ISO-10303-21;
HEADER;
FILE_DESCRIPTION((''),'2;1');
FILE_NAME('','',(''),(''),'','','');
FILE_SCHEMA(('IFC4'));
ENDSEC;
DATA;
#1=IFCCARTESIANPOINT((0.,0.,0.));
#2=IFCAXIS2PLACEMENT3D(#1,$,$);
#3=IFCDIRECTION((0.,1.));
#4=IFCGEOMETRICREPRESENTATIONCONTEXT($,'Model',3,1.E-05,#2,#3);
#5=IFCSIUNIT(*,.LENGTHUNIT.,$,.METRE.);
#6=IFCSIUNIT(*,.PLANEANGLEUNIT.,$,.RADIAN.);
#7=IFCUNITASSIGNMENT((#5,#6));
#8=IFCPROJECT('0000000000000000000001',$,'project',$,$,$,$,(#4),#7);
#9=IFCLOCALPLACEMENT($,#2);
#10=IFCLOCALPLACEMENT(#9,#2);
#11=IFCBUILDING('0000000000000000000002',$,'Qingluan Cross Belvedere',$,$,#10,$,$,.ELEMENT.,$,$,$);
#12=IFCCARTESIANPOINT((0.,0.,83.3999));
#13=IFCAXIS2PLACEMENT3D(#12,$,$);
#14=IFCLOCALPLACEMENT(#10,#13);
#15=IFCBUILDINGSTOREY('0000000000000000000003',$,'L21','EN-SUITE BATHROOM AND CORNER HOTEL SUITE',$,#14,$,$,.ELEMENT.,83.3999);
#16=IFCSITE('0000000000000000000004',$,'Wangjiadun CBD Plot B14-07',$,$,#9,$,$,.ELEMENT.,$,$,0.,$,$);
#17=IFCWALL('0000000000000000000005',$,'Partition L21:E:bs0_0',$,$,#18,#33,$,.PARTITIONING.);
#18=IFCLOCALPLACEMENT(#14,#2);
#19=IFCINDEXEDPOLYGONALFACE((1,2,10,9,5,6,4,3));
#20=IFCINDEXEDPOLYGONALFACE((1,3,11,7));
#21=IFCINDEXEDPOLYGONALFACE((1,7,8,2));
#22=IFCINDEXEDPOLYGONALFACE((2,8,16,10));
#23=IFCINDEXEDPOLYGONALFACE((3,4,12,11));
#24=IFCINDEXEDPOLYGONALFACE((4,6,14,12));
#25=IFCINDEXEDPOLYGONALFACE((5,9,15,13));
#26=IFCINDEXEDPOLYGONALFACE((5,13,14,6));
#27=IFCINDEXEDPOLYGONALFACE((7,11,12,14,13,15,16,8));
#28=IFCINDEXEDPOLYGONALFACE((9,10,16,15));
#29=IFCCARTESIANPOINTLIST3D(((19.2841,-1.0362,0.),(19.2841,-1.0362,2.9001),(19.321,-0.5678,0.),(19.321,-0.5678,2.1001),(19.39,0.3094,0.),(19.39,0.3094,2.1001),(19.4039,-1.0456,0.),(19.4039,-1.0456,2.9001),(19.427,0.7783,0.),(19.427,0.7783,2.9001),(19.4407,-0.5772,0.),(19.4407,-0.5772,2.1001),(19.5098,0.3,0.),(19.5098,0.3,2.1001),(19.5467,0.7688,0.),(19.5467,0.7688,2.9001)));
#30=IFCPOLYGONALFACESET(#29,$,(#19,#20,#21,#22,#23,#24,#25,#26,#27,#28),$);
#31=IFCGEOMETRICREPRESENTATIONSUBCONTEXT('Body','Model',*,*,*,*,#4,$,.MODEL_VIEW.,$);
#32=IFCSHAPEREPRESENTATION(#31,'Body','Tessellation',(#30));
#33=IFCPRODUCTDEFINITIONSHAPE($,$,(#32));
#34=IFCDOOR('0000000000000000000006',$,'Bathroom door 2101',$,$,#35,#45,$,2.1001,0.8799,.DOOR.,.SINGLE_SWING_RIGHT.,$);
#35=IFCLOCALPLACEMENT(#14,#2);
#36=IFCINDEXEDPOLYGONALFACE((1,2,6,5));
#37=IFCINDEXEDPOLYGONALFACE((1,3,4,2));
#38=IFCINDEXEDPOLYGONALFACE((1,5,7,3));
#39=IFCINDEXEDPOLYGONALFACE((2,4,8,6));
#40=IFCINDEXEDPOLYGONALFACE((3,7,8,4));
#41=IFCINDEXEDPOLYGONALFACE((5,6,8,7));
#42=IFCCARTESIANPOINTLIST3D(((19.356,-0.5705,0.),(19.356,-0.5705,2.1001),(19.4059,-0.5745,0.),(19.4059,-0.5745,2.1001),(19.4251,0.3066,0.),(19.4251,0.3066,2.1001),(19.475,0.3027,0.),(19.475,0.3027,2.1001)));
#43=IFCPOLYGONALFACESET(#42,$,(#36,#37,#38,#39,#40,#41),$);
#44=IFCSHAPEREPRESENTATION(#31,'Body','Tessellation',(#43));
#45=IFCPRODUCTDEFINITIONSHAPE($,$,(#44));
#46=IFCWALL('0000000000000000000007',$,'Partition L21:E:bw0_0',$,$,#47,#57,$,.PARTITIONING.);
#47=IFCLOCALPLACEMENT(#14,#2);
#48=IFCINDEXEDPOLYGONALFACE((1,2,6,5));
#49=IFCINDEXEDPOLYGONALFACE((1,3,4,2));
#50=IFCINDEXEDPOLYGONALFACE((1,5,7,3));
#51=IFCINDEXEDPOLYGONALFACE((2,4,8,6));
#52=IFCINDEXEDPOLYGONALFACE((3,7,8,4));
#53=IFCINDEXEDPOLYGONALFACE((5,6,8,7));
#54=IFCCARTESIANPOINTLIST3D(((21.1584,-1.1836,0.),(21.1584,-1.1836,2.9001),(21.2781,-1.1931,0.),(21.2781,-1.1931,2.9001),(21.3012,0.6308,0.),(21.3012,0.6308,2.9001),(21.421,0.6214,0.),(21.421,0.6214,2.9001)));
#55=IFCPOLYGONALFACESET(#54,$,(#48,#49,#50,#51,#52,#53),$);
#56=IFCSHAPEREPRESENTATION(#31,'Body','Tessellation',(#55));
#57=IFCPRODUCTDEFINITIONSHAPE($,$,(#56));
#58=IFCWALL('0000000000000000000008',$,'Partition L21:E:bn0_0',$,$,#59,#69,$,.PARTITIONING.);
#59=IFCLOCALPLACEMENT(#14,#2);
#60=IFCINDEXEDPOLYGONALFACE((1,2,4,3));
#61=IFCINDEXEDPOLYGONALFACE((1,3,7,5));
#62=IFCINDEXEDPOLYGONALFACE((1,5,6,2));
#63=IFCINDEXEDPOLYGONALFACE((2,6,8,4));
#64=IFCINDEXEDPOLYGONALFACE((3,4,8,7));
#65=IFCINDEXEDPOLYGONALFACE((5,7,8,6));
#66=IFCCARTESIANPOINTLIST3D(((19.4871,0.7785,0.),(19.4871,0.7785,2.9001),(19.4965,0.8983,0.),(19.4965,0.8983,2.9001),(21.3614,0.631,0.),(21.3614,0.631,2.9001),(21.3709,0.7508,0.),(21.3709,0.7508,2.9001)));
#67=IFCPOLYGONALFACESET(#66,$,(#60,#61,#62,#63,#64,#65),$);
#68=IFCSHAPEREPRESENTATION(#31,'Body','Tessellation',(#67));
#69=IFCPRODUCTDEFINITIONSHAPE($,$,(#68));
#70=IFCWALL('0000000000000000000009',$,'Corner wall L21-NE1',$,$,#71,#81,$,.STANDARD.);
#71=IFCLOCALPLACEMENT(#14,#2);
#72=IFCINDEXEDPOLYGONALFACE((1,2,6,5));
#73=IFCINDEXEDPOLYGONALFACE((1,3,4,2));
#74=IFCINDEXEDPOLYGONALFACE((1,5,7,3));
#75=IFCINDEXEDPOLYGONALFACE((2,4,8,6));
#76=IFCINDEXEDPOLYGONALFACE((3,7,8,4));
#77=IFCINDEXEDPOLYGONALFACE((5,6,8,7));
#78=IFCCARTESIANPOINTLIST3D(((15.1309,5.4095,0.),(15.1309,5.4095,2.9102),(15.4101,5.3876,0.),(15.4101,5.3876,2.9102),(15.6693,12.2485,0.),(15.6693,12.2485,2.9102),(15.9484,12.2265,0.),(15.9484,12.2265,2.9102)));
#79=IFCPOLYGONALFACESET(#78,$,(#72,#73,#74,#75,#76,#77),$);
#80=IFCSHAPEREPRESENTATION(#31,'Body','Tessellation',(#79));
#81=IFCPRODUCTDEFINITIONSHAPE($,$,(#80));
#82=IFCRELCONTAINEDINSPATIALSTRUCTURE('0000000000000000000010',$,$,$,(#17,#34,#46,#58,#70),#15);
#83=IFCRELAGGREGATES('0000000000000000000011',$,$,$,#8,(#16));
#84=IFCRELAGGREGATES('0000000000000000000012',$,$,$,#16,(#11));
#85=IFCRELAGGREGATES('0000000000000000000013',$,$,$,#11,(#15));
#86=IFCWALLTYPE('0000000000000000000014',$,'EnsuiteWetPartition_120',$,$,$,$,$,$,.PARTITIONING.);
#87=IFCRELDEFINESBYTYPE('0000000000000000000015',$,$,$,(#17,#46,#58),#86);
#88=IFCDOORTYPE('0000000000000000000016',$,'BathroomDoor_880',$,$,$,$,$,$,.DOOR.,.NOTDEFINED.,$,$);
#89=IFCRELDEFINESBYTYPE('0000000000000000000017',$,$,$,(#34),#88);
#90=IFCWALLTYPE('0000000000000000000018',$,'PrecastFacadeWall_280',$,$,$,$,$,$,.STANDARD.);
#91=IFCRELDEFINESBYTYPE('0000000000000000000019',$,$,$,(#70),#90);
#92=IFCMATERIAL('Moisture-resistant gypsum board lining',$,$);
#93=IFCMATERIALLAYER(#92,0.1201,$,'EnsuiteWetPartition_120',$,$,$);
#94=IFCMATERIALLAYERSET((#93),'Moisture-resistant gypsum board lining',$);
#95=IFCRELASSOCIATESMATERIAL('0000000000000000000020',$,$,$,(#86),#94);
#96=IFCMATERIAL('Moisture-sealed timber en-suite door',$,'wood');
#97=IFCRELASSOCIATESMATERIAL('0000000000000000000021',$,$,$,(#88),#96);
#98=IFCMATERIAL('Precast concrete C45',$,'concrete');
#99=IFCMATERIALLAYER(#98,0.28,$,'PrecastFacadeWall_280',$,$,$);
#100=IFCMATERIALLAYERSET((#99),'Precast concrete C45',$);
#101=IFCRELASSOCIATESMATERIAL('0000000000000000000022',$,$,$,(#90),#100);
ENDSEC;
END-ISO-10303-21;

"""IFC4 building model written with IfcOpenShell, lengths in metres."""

from ifc_helpers import new_model, si_unit, direction, frame, frame_2d, origin, place, context, subcontext, project, spatial, rectangle, extrude, material, layer, layer_set, type_object, element, fill, save


model = new_model("IFC4")

# Units and contexts
model_context = context("Model", 3, precision=1e-05, world=origin(), true_north=direction((0.0, 1.0)))
body_context = subcontext(model_context, "Body", "Model", "MODEL_VIEW")
ifc_project = project(units=[si_unit("LENGTHUNIT", "METRE"), si_unit("PLANEANGLEUNIT", "RADIAN")], contexts=[model_context])

# Site, building, storey
site_placement = place(None, origin())
site = spatial("IfcSite", under=ifc_project, at=site_placement, Name="Wangjiadun CBD Plot B14-07", CompositionType="ELEMENT", RefElevation=0.0)
building_placement = place(site_placement, origin())
building = spatial("IfcBuilding", under=site, at=building_placement, Name="Qingluan Cross Belvedere", CompositionType="ELEMENT")
storey_placement = place(building_placement, frame((0.0, 0.0, 83.3999)))
storey = spatial("IfcBuildingStorey", under=building, at=storey_placement, Name="L21", Description="EN-SUITE BATHROOM AND CORNER HOTEL SUITE", CompositionType="ELEMENT", Elevation=83.3999)

# Wall, opening, door
ifc_material_1 = material(Name="Moisture-resistant gypsum board lining")
ifc_layer_1 = layer(ifc_material_1, 0.1201, Name="EnsuiteWetPartition_120")
ifc_layer_set_1 = layer_set([ifc_layer_1], Name="Moisture-resistant gypsum board lining")
wall_type_1 = type_object("IfcWallType", Name="EnsuiteWetPartition_120", PredefinedType="PARTITIONING", material=ifc_layer_set_1)
wall_1_placement = place(storey_placement, frame((19.344, -1.041, 0.0), z_axis=(0.0, 0.0, 1.0), x_axis=(0.078471, 0.996916, 0.0)))
wall_1 = element("IfcWall", 1, at=wall_1_placement, inside=storey, type_object=wall_type_1, Name="Partition L21:E:bs0_0", PredefinedType="PARTITIONING", context=body_context, shape_type="SweptSolid", body=[
    extrude(rectangle(XDim=1.8201, YDim=0.1201, at=frame_2d((0.9102, 0.0))), origin(), (0.0, 0.0, 1.0), 2.9001),
])
opening_1_placement = place(wall_1_placement, frame((0.47, 0.0, 0.0)))
opening_1 = element("IfcOpeningElement", 2, at=opening_1_placement, cuts=wall_1, PredefinedType="OPENING", context=body_context, shape_type="SweptSolid", body=[
    extrude(rectangle(XDim=0.8799, YDim=2.1001, at=frame_2d((0.4399, 1.05))), frame((0.0, 0.0701, 0.0), z_axis=(0.0, -1.0, 0.0), x_axis=(1.0, 0.0, 0.0)), (0.0, 0.0, 1.0), 0.1401),
])
ifc_material_2 = material(Name="Moisture-sealed timber en-suite door", Category="wood")
door_type_1 = type_object("IfcDoorType", Name="BathroomDoor_880", OperationType="NOTDEFINED", PredefinedType="DOOR", material=ifc_material_2)
door_1_placement = place(opening_1_placement, origin())
door_1 = element("IfcDoor", 3, at=door_1_placement, inside=storey, type_object=door_type_1, Name="Bathroom door 2101", OperationType="SINGLE_SWING_RIGHT", OverallHeight=2.1001, OverallWidth=0.8799, PredefinedType="DOOR", context=body_context, shape_type="SweptSolid", body=[
    extrude(rectangle(XDim=0.8799, YDim=2.1001, at=frame_2d((0.4399, 1.05))), frame((0.0, 0.0249, 0.0), z_axis=(0.0, -1.0, 0.0), x_axis=(1.0, 0.0, 0.0)), (0.0, 0.0, 1.0), 0.05),
])
fill(opening_1, door_1)

# Walls
wall_2_placement = place(storey_placement, frame((21.2183, -1.1885, 0.0), z_axis=(0.0, 0.0, 1.0), x_axis=(0.078471, 0.996916, 0.0)))
element("IfcWall", 4, at=wall_2_placement, inside=storey, type_object=wall_type_1, Name="Partition L21:E:bw0_0", PredefinedType="PARTITIONING", context=body_context, shape_type="SweptSolid", body=[
    extrude(rectangle(XDim=1.8201, YDim=0.1201, at=frame_2d((0.9102, 0.0))), origin(), (0.0, 0.0, 1.0), 2.9001),
])
wall_3_placement = place(storey_placement, frame((19.4919, 0.8384, 0.0), z_axis=(0.0, 0.0, 1.0), x_axis=(0.996919, -0.078434, 0.0)))
element("IfcWall", 5, at=wall_3_placement, inside=storey, type_object=wall_type_1, Name="Partition L21:E:bn0_0", PredefinedType="PARTITIONING", context=body_context, shape_type="SweptSolid", body=[
    extrude(rectangle(XDim=1.8801, YDim=0.1201, at=frame_2d((0.9399, 0.0))), origin(), (0.0, 0.0, 1.0), 2.9001),
])
ifc_material_3 = material(Name="Precast concrete C45", Category="concrete")
ifc_layer_2 = layer(ifc_material_3, 0.28, Name="PrecastFacadeWall_280")
ifc_layer_set_2 = layer_set([ifc_layer_2], Name="Precast concrete C45")
wall_type_2 = type_object("IfcWallType", Name="PrecastFacadeWall_280", PredefinedType="STANDARD", material=ifc_layer_set_2)
wall_4_placement = place(storey_placement, frame((15.2705, 5.3984, 0.0), z_axis=(0.0, 0.0, 1.0), x_axis=(0.078474, 0.996916, 0.0)))
element("IfcWall", 6, at=wall_4_placement, inside=storey, type_object=wall_type_2, Name="Corner wall L21-NE1", PredefinedType="STANDARD", context=body_context, shape_type="SweptSolid", body=[
    extrude(rectangle(XDim=6.8601, YDim=0.28, at=frame_2d((3.4302, 0.0))), origin(), (0.0, 0.0, 1.0), 2.9102),
])

save(model, "model.ifc")
